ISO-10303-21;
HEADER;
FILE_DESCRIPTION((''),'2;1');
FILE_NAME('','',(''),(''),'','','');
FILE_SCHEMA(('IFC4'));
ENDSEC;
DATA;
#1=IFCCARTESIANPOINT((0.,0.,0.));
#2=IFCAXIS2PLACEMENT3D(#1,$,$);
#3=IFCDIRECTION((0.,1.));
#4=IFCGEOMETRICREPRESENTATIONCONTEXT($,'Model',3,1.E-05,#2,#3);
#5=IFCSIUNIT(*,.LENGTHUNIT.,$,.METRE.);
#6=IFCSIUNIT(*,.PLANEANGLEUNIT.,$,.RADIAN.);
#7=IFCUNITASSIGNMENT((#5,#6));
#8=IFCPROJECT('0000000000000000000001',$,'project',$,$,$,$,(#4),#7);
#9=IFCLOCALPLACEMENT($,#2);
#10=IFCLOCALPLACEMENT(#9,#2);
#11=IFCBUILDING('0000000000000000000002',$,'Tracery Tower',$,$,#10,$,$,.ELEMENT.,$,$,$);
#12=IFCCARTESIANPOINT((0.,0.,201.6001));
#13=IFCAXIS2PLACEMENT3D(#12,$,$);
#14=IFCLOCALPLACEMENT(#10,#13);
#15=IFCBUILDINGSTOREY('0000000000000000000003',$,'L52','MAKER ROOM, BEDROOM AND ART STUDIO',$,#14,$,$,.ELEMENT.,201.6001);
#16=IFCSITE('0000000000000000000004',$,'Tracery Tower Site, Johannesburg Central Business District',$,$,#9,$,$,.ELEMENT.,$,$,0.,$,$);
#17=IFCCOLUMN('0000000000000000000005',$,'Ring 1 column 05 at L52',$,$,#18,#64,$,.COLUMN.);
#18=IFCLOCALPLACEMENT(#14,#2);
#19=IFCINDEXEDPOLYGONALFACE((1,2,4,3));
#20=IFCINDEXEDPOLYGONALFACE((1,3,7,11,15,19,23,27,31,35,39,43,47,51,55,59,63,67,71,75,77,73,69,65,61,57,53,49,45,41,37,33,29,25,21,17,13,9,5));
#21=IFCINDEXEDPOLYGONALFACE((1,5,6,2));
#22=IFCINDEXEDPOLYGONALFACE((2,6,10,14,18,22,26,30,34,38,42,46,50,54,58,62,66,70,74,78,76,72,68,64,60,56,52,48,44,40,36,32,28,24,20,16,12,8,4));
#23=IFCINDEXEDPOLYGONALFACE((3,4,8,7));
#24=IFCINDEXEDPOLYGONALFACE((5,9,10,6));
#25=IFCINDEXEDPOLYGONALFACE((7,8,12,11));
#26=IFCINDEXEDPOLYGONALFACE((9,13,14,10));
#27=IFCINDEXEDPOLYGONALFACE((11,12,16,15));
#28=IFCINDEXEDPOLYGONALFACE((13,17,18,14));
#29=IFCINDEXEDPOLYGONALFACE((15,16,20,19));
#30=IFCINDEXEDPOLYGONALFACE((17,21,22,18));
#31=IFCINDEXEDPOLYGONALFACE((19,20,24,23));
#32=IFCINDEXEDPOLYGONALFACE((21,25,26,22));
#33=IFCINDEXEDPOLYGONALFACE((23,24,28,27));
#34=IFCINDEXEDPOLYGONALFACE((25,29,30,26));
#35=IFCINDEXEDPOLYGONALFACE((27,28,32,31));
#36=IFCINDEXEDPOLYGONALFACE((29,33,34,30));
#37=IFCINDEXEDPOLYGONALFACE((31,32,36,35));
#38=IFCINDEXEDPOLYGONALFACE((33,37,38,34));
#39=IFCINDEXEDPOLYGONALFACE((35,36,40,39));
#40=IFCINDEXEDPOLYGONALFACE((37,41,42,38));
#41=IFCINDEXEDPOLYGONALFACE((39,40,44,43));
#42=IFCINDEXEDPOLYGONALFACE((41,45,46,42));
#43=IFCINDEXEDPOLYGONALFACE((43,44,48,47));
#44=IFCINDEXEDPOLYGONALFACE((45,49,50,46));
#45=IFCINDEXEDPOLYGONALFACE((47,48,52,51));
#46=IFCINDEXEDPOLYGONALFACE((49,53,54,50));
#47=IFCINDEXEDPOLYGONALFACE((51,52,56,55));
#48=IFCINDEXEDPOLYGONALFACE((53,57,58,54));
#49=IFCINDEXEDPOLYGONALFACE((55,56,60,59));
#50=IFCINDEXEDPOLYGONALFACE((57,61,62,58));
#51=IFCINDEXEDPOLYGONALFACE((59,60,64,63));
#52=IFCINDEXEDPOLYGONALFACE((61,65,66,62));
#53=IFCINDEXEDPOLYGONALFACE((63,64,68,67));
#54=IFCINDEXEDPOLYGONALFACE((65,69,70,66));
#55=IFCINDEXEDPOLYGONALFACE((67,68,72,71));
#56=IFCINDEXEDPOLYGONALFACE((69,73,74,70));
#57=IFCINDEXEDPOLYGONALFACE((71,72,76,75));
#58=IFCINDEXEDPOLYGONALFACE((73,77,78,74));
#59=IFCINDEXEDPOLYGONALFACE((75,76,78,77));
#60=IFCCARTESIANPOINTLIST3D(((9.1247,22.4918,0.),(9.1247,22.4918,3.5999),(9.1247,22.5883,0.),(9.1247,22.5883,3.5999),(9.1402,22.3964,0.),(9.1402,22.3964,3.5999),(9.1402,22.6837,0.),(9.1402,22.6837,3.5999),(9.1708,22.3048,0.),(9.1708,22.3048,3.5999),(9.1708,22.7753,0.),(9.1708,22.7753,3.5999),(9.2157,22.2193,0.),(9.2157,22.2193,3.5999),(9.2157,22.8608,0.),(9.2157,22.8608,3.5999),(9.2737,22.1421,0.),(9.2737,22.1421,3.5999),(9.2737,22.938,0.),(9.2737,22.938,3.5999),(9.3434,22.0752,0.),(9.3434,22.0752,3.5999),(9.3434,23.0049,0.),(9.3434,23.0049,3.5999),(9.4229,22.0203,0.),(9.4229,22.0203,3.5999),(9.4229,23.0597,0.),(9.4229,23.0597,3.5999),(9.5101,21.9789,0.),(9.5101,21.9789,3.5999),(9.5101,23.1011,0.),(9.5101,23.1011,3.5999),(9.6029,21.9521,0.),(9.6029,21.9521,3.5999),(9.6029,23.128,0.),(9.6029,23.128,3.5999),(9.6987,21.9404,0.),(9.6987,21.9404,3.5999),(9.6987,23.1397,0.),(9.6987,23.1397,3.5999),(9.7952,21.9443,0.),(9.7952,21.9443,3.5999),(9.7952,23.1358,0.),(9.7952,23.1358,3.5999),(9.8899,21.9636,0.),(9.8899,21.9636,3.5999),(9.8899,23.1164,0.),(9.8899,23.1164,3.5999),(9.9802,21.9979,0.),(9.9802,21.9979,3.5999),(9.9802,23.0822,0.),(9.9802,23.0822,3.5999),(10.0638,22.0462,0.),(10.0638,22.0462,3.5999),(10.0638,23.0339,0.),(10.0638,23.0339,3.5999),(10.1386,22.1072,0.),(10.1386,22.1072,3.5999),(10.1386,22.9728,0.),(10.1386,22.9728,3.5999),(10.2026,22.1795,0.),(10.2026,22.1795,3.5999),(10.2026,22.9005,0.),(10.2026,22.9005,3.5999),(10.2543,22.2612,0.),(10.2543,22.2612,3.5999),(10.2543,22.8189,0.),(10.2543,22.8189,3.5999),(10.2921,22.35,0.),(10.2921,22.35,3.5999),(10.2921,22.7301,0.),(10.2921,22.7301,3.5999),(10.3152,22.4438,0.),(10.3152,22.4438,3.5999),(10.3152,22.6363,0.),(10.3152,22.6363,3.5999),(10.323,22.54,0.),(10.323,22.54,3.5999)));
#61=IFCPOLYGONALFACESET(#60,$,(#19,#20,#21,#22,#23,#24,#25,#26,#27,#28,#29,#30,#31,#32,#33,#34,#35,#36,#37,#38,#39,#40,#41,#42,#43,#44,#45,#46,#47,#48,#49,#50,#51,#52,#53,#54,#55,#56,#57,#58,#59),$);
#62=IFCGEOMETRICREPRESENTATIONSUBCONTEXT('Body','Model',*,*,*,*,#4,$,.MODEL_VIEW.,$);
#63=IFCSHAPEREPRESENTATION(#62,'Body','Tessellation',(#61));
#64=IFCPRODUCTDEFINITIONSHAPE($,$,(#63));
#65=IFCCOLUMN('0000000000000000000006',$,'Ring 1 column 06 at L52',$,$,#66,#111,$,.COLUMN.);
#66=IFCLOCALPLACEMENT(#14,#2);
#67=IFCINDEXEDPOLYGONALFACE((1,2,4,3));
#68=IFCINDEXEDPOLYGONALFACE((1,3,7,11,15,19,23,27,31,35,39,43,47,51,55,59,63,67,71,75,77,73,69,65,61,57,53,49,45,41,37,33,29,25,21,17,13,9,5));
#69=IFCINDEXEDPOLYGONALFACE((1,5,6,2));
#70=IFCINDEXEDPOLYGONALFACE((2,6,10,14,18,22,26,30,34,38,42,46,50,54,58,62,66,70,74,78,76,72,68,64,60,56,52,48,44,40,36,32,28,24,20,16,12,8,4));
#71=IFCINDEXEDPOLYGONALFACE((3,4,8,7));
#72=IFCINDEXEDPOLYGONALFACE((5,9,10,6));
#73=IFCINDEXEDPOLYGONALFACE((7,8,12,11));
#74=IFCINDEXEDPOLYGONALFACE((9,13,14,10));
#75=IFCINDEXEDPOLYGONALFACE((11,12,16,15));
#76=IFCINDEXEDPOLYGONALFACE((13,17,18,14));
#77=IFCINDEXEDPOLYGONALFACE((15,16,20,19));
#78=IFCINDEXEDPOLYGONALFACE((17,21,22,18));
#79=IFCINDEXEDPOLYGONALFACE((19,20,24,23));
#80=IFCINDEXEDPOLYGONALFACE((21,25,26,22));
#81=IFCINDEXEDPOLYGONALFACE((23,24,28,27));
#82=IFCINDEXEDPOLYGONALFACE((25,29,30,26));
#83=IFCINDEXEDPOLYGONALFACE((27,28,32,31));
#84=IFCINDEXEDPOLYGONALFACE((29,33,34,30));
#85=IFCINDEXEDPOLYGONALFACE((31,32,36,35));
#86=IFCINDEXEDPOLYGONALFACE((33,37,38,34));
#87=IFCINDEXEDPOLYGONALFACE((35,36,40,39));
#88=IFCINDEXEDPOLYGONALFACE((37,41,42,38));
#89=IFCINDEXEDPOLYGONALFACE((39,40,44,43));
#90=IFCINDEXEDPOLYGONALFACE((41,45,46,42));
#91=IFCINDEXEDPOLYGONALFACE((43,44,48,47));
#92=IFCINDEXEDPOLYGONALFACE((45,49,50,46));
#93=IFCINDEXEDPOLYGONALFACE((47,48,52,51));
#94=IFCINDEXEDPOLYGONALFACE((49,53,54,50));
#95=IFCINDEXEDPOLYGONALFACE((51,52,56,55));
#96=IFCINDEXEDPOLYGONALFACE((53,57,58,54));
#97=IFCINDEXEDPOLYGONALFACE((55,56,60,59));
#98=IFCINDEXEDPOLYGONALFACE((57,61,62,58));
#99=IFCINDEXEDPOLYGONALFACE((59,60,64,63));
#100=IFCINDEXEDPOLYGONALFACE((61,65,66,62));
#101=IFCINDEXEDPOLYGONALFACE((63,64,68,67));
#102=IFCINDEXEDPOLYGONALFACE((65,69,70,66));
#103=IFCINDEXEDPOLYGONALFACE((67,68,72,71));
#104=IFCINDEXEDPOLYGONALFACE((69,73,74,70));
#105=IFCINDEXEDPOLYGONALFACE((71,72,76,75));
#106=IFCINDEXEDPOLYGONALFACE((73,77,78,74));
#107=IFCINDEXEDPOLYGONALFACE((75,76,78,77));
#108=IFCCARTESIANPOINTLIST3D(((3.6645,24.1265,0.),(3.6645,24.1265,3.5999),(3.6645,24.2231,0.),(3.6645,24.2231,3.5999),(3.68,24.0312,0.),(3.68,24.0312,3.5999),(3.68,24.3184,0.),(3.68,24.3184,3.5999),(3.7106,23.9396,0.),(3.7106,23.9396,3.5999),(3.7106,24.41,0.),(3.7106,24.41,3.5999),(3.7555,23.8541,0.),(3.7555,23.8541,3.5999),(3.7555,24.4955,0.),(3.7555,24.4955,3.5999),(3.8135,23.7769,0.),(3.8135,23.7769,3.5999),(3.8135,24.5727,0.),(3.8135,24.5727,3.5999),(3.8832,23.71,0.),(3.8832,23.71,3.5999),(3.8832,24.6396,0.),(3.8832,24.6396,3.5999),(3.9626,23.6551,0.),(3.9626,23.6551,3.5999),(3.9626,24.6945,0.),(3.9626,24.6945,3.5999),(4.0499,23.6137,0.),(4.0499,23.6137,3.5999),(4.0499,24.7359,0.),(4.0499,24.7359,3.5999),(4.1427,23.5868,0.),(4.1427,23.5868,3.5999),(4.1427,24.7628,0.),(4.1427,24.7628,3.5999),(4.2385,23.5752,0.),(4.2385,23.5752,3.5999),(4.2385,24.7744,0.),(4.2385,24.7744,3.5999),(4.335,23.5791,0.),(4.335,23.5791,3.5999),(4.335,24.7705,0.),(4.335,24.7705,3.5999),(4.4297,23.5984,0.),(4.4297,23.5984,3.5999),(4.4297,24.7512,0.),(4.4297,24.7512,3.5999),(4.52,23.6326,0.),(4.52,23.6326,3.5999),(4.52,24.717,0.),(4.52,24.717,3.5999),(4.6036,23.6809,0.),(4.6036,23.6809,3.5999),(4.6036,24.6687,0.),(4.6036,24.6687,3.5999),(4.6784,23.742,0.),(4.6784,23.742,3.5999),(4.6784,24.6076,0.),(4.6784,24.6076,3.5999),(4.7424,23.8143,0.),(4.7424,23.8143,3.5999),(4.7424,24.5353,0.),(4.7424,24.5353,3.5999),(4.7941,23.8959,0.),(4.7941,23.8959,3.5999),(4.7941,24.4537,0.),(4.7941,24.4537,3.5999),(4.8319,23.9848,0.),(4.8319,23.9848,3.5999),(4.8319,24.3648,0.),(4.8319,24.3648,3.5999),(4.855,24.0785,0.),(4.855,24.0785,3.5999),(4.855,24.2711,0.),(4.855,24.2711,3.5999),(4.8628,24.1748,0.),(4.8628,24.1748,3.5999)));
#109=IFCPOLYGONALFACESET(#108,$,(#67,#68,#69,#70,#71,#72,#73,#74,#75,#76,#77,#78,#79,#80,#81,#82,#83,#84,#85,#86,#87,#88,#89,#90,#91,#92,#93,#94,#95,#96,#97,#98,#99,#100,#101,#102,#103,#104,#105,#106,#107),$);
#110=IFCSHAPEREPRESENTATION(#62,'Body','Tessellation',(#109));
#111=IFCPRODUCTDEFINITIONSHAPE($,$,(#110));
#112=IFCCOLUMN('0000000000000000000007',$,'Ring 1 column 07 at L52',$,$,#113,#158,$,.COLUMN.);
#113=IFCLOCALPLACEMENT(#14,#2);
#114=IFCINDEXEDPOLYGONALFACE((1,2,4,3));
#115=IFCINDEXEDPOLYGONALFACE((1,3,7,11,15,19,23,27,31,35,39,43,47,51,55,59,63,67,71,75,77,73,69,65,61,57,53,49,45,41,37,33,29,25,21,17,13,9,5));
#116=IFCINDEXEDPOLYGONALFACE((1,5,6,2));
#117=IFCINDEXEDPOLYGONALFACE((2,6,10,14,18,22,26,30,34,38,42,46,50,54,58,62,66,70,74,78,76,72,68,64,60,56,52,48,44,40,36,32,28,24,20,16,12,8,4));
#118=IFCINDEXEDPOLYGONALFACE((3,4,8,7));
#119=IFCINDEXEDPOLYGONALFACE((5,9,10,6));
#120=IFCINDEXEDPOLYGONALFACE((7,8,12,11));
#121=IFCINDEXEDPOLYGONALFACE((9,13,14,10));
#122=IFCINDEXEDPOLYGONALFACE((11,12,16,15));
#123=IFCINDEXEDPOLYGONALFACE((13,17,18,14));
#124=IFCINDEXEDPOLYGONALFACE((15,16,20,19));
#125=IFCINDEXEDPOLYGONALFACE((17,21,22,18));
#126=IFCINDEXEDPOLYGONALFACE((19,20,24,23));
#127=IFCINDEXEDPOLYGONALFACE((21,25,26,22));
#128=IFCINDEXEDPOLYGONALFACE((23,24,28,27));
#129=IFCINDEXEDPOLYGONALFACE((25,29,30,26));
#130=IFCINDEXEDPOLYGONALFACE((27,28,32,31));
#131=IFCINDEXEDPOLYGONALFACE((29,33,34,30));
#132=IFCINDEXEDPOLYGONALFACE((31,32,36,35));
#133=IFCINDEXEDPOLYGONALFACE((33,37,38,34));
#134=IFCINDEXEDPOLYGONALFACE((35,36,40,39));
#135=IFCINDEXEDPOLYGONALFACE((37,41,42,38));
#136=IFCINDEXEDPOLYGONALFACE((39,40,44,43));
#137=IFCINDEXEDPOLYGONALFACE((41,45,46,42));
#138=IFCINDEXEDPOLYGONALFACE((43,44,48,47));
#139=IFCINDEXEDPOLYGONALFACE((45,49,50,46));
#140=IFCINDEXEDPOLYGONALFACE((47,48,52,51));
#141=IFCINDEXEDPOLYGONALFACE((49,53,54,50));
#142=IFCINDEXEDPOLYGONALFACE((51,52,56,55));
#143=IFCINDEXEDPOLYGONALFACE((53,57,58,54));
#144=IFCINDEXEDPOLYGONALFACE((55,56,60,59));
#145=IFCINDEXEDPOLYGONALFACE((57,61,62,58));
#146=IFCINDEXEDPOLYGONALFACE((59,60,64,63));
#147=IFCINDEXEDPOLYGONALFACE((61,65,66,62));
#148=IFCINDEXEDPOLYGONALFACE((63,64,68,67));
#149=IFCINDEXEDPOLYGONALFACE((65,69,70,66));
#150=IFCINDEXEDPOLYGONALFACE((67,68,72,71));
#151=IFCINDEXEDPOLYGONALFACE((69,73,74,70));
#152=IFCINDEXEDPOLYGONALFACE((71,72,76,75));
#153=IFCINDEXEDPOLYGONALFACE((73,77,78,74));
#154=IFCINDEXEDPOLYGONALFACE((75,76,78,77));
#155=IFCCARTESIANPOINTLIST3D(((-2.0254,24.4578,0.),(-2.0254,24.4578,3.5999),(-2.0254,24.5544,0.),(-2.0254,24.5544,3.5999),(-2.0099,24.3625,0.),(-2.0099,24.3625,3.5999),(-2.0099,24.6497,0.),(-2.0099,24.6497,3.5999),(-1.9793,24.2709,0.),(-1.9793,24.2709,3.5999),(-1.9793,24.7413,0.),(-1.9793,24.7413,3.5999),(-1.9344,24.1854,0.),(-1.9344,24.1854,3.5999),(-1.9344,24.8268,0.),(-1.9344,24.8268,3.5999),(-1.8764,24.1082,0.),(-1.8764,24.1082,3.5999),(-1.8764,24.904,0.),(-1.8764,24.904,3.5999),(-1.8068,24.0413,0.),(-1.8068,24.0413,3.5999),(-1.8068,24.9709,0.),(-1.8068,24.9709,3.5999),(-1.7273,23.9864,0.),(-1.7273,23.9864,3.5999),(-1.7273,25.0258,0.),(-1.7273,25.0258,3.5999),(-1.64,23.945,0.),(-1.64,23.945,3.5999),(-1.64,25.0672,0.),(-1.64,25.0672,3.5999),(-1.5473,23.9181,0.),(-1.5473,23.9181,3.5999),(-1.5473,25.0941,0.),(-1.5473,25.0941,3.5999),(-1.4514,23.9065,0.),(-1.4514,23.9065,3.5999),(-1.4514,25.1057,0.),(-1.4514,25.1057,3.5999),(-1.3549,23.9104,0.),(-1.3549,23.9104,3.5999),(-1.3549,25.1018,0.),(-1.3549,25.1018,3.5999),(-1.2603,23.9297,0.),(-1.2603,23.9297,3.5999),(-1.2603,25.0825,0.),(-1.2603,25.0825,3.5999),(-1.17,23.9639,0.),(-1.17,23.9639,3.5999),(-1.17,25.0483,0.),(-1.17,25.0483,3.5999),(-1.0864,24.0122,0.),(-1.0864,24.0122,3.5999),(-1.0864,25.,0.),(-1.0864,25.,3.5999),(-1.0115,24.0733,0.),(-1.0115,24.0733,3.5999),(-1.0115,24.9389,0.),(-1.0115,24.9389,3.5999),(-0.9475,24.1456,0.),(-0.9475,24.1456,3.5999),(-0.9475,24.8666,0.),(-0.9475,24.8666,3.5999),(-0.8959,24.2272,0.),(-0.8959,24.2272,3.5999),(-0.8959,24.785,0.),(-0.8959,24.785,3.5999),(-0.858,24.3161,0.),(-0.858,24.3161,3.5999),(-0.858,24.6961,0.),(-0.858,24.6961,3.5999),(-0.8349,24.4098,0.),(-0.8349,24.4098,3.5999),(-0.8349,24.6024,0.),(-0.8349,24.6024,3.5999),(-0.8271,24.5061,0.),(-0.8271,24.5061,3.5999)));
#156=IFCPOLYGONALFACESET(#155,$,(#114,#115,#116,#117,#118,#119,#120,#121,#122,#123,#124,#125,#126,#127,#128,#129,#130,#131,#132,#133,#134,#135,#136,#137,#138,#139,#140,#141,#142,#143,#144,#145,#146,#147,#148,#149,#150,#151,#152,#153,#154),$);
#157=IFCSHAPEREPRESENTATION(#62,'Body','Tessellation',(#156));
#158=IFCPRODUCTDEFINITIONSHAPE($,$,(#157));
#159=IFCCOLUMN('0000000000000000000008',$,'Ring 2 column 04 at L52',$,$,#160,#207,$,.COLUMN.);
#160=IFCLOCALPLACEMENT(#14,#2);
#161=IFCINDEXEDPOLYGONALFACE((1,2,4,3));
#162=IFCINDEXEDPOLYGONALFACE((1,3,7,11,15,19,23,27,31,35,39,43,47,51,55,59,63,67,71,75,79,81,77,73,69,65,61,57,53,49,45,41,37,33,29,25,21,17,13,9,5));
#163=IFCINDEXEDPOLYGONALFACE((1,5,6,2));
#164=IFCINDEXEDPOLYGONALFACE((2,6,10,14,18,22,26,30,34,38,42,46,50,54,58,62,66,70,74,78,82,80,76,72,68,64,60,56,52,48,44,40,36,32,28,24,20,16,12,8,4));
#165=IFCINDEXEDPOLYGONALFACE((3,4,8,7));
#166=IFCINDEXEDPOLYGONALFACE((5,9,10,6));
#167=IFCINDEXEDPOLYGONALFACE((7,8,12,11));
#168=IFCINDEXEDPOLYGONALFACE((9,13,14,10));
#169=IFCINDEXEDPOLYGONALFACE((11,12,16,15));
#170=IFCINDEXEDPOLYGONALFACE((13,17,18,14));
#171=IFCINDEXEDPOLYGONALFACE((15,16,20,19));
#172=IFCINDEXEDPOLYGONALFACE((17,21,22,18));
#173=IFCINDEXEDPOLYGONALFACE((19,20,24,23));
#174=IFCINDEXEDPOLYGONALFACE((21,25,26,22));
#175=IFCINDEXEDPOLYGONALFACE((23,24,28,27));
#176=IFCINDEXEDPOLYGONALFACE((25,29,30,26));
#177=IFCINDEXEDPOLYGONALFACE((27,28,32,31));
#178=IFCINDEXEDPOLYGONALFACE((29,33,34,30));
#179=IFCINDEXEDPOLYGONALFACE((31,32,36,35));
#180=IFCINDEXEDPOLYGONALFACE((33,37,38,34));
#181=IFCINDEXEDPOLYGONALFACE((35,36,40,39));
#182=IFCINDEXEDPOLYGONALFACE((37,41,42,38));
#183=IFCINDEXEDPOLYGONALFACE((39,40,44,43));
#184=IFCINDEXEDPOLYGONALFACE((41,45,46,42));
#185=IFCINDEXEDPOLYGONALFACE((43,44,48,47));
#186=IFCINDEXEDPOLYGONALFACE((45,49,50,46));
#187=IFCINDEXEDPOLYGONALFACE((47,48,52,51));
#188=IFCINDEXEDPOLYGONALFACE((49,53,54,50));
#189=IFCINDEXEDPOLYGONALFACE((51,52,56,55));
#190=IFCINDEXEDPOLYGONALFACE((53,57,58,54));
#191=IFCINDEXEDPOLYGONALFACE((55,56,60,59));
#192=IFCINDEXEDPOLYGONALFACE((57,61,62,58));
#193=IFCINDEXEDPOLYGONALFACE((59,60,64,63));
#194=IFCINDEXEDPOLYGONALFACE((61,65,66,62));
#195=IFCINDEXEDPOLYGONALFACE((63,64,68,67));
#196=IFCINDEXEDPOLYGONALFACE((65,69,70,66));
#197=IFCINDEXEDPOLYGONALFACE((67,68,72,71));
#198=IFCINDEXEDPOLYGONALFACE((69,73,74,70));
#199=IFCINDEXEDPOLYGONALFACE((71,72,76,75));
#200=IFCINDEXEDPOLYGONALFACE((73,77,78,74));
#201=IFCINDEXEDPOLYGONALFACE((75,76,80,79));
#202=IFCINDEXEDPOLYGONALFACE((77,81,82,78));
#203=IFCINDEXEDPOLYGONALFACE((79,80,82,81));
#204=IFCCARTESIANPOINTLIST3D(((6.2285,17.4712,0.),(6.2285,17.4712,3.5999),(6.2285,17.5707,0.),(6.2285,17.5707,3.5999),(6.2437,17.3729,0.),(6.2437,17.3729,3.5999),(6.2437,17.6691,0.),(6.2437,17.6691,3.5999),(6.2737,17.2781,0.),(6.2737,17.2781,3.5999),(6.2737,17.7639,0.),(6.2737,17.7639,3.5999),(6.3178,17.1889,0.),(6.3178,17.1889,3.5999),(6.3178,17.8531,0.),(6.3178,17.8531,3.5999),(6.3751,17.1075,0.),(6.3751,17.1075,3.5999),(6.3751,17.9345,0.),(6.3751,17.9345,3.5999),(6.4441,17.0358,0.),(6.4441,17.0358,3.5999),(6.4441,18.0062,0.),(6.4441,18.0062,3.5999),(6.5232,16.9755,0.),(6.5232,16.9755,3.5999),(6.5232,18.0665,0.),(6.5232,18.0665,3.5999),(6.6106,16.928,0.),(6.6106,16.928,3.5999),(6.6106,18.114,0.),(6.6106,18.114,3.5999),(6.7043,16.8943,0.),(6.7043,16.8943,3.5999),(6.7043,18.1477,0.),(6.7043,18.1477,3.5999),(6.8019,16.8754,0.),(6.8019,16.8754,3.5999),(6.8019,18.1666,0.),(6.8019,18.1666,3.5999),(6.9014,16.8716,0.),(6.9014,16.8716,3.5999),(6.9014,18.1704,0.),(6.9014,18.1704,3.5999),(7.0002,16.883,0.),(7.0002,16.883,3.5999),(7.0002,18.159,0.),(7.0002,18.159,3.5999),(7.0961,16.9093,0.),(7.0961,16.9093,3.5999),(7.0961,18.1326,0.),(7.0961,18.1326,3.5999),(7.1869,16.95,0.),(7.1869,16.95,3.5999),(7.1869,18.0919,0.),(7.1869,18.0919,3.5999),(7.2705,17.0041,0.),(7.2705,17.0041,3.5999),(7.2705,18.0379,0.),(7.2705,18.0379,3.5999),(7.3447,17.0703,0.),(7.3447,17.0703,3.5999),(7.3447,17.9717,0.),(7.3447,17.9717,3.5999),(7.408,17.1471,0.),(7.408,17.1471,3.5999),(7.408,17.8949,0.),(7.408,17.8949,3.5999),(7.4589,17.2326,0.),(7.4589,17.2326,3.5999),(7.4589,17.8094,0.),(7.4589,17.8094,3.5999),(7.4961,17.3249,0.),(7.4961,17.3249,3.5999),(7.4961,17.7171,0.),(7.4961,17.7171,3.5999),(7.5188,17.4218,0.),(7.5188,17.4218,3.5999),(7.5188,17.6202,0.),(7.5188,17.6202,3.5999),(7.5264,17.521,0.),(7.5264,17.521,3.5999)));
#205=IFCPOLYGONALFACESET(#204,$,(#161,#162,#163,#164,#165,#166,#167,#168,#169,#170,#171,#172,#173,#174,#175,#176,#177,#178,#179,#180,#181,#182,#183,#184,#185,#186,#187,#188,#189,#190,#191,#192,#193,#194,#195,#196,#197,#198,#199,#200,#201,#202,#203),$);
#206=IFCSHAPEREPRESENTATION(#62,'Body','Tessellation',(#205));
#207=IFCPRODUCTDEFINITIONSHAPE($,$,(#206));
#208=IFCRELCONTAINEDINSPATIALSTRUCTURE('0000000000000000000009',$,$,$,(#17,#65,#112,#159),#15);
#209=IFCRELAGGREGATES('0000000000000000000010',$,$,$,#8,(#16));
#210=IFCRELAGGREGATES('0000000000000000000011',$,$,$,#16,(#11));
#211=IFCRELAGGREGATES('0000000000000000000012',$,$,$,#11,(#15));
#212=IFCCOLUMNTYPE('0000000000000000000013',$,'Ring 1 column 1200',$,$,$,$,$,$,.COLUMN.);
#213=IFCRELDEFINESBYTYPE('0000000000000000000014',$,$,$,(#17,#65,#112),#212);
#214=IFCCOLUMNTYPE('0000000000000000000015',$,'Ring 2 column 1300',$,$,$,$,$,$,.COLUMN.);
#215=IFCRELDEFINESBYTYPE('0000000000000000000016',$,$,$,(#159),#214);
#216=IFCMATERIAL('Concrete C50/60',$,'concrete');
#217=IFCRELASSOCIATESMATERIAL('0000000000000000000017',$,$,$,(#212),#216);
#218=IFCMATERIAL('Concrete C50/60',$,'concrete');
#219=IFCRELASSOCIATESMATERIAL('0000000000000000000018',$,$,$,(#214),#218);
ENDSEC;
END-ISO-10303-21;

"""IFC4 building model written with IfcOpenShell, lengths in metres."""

from ifc_helpers import new_model, si_unit, direction, frame, origin, origin_2d, place, context, subcontext, project, spatial, circle, extrude, material, material_profile, profile_set, type_object, element, save


model = new_model("IFC4")

# Units and contexts
model_context = context("Model", 3, precision=1e-05, world=origin(), true_north=direction((0.0, 1.0)))
body_context = subcontext(model_context, "Body", "Model", "MODEL_VIEW")
ifc_project = project(units=[si_unit("LENGTHUNIT", "METRE"), si_unit("PLANEANGLEUNIT", "RADIAN")], contexts=[model_context])

# Site, building, storey
site_placement = place(None, origin())
site = spatial("IfcSite", under=ifc_project, at=site_placement, Name="Tracery Tower Site, Johannesburg Central Business District", CompositionType="ELEMENT", RefElevation=0.0)
building_placement = place(site_placement, origin())
building = spatial("IfcBuilding", under=site, at=building_placement, Name="Tracery Tower", CompositionType="ELEMENT")
storey_placement = place(building_placement, frame((0.0, 0.0, 201.6001)))
storey = spatial("IfcBuildingStorey", under=building, at=storey_placement, Name="L52", Description="MAKER ROOM, BEDROOM AND ART STUDIO", CompositionType="ELEMENT", Elevation=201.6001)

# Columns
ifc_material_1 = material(Name="Concrete C50/60", Category="concrete")
ifc_material_profile_1 = material_profile(ifc_material_1, circle(Radius=0.6001, at=origin_2d()), Name="RC D1200")
ifc_profile_set_1 = profile_set([ifc_material_profile_1], Name="Concrete C50/60")
column_type_1 = type_object("IfcColumnType", Name="Ring 1 column 1200", PredefinedType="COLUMN", material=ifc_profile_set_1)
for number, where, z_axis, x_axis, name in (
    (1, (9.7229, 22.54, 0.0), (0.0, 0.0, 1.0), (1.0, 0.0, 0.0), "Ring 1 column 05 at L52"),
    (2, (4.2627, 24.1748, 0.0), (0.0, 0.0, 1.0), (1.0, 0.0, 0.0), "Ring 1 column 06 at L52"),
    (3, (-1.4272, 24.5061, 0.0), (0.0, 0.0, 1.0), (1.0, 0.0, 0.0), "Ring 1 column 07 at L52"),
):
    element("IfcColumn", number, at=place(storey_placement, frame(where, z_axis=z_axis, x_axis=x_axis)), inside=storey, type_object=column_type_1, Name=name, PredefinedType="COLUMN", context=body_context, shape_type="SweptSolid", body=[
        extrude(circle(Radius=0.6001, at=origin_2d()), origin(), (0.0, 0.0, 1.0), 3.5999),
    ])
ifc_material_2 = material(Name="Concrete C50/60", Category="concrete")
ifc_material_profile_2 = material_profile(ifc_material_2, circle(Radius=0.6499, at=origin_2d()), Name="RC D1300")
ifc_profile_set_2 = profile_set([ifc_material_profile_2], Name="Concrete C50/60")
column_type_2 = type_object("IfcColumnType", Name="Ring 2 column 1300", PredefinedType="COLUMN", material=ifc_profile_set_2)
for number, where, z_axis, x_axis, name in (
    (4, (6.8765, 17.521, 0.0), (0.0, 0.0, 1.0), (1.0, 0.0, 0.0), "Ring 2 column 04 at L52"),
):
    element("IfcColumn", number, at=place(storey_placement, frame(where, z_axis=z_axis, x_axis=x_axis)), inside=storey, type_object=column_type_2, Name=name, PredefinedType="COLUMN", context=body_context, shape_type="SweptSolid", body=[
        extrude(circle(Radius=0.6499, at=origin_2d()), origin(), (0.0, 0.0, 1.0), 3.5999),
    ])

save(model, "model.ifc")
